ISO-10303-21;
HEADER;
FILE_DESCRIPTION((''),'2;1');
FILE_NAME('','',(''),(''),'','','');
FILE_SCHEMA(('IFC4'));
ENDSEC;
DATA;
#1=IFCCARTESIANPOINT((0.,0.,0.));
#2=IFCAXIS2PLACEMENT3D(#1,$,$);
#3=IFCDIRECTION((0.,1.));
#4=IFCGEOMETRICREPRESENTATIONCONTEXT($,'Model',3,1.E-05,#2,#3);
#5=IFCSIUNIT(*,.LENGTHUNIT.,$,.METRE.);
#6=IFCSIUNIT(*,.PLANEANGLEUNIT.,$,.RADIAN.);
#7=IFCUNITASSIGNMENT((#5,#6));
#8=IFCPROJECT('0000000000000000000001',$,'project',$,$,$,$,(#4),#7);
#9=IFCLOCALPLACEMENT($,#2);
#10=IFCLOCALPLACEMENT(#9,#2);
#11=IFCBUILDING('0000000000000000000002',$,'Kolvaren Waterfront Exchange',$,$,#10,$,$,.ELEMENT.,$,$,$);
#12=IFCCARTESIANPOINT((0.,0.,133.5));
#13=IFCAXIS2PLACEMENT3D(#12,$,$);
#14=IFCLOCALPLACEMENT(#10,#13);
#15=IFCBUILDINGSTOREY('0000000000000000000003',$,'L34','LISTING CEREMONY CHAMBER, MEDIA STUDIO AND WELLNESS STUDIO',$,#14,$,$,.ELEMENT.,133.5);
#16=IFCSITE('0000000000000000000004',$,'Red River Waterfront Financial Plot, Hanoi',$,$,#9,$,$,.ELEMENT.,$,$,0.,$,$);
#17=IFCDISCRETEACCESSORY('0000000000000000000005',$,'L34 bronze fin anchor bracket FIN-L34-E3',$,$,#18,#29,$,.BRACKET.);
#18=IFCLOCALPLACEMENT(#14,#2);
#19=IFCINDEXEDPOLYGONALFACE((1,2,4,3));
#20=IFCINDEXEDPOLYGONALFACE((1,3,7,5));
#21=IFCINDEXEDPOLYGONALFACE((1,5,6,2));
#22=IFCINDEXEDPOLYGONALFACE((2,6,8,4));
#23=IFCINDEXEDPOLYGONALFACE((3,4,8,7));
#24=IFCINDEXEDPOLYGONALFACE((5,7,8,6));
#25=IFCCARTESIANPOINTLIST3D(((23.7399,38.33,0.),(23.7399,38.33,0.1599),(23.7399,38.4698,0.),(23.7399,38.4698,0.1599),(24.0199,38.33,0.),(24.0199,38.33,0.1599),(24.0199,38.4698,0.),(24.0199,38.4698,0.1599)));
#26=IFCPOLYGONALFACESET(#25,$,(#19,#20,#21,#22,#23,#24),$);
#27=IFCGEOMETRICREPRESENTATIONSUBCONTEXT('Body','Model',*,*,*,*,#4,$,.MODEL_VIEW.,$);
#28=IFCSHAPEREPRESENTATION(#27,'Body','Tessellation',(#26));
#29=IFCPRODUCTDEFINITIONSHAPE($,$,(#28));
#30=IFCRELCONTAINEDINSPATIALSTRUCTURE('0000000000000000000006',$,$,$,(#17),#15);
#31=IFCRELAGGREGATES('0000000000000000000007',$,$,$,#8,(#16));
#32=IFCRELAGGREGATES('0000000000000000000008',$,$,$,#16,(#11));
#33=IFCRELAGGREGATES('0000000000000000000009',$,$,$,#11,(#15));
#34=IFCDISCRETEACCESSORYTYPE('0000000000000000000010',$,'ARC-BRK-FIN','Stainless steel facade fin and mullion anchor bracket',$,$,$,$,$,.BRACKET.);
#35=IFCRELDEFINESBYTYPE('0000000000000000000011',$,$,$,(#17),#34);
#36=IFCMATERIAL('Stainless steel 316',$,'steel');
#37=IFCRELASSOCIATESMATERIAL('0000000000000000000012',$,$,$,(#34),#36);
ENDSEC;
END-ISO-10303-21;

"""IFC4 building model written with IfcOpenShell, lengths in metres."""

from ifc_helpers import new_model, si_unit, direction, frame, origin, origin_with_axes, origin_2d, place, context, subcontext, project, spatial, rectangle, extrude, source, transform, mapped, material, type_object, element, save


model = new_model("IFC4")

# Units and contexts
model_context = context("Model", 3, precision=1e-05, world=origin(), true_north=direction((0.0, 1.0)))
body_context = subcontext(model_context, "Body", "Model", "MODEL_VIEW")
ifc_project = project(units=[si_unit("LENGTHUNIT", "METRE"), si_unit("PLANEANGLEUNIT", "RADIAN")], contexts=[model_context])

# Site, building, storey
site_placement = place(None, origin())
site = spatial("IfcSite", under=ifc_project, at=site_placement, Name="Red River Waterfront Financial Plot, Hanoi", CompositionType="ELEMENT", RefElevation=0.0)
building_placement = place(site_placement, origin())
building = spatial("IfcBuilding", under=site, at=building_placement, Name="Kolvaren Waterfront Exchange", CompositionType="ELEMENT")
storey_placement = place(building_placement, frame((0.0, 0.0, 133.5)))
storey = spatial("IfcBuildingStorey", under=building, at=storey_placement, Name="L34", Description="LISTING CEREMONY CHAMBER, MEDIA STUDIO AND WELLNESS STUDIO", CompositionType="ELEMENT", Elevation=133.5)

# Discrete accessory
ifc_material_1 = material(Name="Stainless steel 316", Category="steel")
discrete_accessory_type = type_object("IfcDiscreteAccessoryType", Name="ARC-BRK-FIN", Description="Stainless steel facade fin and mullion anchor bracket", PredefinedType="BRACKET", material=ifc_material_1)
shared_shape_1 = source(origin_with_axes(), body_context, "Body", "SweptSolid", [
    extrude(rectangle(XDim=0.28, YDim=0.1399, at=origin_2d()), origin(), (0.0, 0.0, 1.0), 0.1599),
])
discrete_accessory_placement = place(storey_placement, frame((23.8799, 38.3999, 0.0), z_axis=(0.0, 0.0, 1.0), x_axis=(1.0, 0.0, 0.0)))
element("IfcDiscreteAccessory", 1, at=discrete_accessory_placement, inside=storey, type_object=discrete_accessory_type, Name="L34 bronze fin anchor bracket FIN-L34-E3", PredefinedType="BRACKET", context=body_context, shape_type="MappedRepresentation", body=[
    mapped(shared_shape_1, transform((0.0, 0.0, 0.0), x_axis=(1.0, 0.0, 0.0), y_axis=(0.0, 1.0, 0.0), z_axis=(0.0, 0.0, 1.0), scale=1.0)),
])

save(model, "model.ifc")
